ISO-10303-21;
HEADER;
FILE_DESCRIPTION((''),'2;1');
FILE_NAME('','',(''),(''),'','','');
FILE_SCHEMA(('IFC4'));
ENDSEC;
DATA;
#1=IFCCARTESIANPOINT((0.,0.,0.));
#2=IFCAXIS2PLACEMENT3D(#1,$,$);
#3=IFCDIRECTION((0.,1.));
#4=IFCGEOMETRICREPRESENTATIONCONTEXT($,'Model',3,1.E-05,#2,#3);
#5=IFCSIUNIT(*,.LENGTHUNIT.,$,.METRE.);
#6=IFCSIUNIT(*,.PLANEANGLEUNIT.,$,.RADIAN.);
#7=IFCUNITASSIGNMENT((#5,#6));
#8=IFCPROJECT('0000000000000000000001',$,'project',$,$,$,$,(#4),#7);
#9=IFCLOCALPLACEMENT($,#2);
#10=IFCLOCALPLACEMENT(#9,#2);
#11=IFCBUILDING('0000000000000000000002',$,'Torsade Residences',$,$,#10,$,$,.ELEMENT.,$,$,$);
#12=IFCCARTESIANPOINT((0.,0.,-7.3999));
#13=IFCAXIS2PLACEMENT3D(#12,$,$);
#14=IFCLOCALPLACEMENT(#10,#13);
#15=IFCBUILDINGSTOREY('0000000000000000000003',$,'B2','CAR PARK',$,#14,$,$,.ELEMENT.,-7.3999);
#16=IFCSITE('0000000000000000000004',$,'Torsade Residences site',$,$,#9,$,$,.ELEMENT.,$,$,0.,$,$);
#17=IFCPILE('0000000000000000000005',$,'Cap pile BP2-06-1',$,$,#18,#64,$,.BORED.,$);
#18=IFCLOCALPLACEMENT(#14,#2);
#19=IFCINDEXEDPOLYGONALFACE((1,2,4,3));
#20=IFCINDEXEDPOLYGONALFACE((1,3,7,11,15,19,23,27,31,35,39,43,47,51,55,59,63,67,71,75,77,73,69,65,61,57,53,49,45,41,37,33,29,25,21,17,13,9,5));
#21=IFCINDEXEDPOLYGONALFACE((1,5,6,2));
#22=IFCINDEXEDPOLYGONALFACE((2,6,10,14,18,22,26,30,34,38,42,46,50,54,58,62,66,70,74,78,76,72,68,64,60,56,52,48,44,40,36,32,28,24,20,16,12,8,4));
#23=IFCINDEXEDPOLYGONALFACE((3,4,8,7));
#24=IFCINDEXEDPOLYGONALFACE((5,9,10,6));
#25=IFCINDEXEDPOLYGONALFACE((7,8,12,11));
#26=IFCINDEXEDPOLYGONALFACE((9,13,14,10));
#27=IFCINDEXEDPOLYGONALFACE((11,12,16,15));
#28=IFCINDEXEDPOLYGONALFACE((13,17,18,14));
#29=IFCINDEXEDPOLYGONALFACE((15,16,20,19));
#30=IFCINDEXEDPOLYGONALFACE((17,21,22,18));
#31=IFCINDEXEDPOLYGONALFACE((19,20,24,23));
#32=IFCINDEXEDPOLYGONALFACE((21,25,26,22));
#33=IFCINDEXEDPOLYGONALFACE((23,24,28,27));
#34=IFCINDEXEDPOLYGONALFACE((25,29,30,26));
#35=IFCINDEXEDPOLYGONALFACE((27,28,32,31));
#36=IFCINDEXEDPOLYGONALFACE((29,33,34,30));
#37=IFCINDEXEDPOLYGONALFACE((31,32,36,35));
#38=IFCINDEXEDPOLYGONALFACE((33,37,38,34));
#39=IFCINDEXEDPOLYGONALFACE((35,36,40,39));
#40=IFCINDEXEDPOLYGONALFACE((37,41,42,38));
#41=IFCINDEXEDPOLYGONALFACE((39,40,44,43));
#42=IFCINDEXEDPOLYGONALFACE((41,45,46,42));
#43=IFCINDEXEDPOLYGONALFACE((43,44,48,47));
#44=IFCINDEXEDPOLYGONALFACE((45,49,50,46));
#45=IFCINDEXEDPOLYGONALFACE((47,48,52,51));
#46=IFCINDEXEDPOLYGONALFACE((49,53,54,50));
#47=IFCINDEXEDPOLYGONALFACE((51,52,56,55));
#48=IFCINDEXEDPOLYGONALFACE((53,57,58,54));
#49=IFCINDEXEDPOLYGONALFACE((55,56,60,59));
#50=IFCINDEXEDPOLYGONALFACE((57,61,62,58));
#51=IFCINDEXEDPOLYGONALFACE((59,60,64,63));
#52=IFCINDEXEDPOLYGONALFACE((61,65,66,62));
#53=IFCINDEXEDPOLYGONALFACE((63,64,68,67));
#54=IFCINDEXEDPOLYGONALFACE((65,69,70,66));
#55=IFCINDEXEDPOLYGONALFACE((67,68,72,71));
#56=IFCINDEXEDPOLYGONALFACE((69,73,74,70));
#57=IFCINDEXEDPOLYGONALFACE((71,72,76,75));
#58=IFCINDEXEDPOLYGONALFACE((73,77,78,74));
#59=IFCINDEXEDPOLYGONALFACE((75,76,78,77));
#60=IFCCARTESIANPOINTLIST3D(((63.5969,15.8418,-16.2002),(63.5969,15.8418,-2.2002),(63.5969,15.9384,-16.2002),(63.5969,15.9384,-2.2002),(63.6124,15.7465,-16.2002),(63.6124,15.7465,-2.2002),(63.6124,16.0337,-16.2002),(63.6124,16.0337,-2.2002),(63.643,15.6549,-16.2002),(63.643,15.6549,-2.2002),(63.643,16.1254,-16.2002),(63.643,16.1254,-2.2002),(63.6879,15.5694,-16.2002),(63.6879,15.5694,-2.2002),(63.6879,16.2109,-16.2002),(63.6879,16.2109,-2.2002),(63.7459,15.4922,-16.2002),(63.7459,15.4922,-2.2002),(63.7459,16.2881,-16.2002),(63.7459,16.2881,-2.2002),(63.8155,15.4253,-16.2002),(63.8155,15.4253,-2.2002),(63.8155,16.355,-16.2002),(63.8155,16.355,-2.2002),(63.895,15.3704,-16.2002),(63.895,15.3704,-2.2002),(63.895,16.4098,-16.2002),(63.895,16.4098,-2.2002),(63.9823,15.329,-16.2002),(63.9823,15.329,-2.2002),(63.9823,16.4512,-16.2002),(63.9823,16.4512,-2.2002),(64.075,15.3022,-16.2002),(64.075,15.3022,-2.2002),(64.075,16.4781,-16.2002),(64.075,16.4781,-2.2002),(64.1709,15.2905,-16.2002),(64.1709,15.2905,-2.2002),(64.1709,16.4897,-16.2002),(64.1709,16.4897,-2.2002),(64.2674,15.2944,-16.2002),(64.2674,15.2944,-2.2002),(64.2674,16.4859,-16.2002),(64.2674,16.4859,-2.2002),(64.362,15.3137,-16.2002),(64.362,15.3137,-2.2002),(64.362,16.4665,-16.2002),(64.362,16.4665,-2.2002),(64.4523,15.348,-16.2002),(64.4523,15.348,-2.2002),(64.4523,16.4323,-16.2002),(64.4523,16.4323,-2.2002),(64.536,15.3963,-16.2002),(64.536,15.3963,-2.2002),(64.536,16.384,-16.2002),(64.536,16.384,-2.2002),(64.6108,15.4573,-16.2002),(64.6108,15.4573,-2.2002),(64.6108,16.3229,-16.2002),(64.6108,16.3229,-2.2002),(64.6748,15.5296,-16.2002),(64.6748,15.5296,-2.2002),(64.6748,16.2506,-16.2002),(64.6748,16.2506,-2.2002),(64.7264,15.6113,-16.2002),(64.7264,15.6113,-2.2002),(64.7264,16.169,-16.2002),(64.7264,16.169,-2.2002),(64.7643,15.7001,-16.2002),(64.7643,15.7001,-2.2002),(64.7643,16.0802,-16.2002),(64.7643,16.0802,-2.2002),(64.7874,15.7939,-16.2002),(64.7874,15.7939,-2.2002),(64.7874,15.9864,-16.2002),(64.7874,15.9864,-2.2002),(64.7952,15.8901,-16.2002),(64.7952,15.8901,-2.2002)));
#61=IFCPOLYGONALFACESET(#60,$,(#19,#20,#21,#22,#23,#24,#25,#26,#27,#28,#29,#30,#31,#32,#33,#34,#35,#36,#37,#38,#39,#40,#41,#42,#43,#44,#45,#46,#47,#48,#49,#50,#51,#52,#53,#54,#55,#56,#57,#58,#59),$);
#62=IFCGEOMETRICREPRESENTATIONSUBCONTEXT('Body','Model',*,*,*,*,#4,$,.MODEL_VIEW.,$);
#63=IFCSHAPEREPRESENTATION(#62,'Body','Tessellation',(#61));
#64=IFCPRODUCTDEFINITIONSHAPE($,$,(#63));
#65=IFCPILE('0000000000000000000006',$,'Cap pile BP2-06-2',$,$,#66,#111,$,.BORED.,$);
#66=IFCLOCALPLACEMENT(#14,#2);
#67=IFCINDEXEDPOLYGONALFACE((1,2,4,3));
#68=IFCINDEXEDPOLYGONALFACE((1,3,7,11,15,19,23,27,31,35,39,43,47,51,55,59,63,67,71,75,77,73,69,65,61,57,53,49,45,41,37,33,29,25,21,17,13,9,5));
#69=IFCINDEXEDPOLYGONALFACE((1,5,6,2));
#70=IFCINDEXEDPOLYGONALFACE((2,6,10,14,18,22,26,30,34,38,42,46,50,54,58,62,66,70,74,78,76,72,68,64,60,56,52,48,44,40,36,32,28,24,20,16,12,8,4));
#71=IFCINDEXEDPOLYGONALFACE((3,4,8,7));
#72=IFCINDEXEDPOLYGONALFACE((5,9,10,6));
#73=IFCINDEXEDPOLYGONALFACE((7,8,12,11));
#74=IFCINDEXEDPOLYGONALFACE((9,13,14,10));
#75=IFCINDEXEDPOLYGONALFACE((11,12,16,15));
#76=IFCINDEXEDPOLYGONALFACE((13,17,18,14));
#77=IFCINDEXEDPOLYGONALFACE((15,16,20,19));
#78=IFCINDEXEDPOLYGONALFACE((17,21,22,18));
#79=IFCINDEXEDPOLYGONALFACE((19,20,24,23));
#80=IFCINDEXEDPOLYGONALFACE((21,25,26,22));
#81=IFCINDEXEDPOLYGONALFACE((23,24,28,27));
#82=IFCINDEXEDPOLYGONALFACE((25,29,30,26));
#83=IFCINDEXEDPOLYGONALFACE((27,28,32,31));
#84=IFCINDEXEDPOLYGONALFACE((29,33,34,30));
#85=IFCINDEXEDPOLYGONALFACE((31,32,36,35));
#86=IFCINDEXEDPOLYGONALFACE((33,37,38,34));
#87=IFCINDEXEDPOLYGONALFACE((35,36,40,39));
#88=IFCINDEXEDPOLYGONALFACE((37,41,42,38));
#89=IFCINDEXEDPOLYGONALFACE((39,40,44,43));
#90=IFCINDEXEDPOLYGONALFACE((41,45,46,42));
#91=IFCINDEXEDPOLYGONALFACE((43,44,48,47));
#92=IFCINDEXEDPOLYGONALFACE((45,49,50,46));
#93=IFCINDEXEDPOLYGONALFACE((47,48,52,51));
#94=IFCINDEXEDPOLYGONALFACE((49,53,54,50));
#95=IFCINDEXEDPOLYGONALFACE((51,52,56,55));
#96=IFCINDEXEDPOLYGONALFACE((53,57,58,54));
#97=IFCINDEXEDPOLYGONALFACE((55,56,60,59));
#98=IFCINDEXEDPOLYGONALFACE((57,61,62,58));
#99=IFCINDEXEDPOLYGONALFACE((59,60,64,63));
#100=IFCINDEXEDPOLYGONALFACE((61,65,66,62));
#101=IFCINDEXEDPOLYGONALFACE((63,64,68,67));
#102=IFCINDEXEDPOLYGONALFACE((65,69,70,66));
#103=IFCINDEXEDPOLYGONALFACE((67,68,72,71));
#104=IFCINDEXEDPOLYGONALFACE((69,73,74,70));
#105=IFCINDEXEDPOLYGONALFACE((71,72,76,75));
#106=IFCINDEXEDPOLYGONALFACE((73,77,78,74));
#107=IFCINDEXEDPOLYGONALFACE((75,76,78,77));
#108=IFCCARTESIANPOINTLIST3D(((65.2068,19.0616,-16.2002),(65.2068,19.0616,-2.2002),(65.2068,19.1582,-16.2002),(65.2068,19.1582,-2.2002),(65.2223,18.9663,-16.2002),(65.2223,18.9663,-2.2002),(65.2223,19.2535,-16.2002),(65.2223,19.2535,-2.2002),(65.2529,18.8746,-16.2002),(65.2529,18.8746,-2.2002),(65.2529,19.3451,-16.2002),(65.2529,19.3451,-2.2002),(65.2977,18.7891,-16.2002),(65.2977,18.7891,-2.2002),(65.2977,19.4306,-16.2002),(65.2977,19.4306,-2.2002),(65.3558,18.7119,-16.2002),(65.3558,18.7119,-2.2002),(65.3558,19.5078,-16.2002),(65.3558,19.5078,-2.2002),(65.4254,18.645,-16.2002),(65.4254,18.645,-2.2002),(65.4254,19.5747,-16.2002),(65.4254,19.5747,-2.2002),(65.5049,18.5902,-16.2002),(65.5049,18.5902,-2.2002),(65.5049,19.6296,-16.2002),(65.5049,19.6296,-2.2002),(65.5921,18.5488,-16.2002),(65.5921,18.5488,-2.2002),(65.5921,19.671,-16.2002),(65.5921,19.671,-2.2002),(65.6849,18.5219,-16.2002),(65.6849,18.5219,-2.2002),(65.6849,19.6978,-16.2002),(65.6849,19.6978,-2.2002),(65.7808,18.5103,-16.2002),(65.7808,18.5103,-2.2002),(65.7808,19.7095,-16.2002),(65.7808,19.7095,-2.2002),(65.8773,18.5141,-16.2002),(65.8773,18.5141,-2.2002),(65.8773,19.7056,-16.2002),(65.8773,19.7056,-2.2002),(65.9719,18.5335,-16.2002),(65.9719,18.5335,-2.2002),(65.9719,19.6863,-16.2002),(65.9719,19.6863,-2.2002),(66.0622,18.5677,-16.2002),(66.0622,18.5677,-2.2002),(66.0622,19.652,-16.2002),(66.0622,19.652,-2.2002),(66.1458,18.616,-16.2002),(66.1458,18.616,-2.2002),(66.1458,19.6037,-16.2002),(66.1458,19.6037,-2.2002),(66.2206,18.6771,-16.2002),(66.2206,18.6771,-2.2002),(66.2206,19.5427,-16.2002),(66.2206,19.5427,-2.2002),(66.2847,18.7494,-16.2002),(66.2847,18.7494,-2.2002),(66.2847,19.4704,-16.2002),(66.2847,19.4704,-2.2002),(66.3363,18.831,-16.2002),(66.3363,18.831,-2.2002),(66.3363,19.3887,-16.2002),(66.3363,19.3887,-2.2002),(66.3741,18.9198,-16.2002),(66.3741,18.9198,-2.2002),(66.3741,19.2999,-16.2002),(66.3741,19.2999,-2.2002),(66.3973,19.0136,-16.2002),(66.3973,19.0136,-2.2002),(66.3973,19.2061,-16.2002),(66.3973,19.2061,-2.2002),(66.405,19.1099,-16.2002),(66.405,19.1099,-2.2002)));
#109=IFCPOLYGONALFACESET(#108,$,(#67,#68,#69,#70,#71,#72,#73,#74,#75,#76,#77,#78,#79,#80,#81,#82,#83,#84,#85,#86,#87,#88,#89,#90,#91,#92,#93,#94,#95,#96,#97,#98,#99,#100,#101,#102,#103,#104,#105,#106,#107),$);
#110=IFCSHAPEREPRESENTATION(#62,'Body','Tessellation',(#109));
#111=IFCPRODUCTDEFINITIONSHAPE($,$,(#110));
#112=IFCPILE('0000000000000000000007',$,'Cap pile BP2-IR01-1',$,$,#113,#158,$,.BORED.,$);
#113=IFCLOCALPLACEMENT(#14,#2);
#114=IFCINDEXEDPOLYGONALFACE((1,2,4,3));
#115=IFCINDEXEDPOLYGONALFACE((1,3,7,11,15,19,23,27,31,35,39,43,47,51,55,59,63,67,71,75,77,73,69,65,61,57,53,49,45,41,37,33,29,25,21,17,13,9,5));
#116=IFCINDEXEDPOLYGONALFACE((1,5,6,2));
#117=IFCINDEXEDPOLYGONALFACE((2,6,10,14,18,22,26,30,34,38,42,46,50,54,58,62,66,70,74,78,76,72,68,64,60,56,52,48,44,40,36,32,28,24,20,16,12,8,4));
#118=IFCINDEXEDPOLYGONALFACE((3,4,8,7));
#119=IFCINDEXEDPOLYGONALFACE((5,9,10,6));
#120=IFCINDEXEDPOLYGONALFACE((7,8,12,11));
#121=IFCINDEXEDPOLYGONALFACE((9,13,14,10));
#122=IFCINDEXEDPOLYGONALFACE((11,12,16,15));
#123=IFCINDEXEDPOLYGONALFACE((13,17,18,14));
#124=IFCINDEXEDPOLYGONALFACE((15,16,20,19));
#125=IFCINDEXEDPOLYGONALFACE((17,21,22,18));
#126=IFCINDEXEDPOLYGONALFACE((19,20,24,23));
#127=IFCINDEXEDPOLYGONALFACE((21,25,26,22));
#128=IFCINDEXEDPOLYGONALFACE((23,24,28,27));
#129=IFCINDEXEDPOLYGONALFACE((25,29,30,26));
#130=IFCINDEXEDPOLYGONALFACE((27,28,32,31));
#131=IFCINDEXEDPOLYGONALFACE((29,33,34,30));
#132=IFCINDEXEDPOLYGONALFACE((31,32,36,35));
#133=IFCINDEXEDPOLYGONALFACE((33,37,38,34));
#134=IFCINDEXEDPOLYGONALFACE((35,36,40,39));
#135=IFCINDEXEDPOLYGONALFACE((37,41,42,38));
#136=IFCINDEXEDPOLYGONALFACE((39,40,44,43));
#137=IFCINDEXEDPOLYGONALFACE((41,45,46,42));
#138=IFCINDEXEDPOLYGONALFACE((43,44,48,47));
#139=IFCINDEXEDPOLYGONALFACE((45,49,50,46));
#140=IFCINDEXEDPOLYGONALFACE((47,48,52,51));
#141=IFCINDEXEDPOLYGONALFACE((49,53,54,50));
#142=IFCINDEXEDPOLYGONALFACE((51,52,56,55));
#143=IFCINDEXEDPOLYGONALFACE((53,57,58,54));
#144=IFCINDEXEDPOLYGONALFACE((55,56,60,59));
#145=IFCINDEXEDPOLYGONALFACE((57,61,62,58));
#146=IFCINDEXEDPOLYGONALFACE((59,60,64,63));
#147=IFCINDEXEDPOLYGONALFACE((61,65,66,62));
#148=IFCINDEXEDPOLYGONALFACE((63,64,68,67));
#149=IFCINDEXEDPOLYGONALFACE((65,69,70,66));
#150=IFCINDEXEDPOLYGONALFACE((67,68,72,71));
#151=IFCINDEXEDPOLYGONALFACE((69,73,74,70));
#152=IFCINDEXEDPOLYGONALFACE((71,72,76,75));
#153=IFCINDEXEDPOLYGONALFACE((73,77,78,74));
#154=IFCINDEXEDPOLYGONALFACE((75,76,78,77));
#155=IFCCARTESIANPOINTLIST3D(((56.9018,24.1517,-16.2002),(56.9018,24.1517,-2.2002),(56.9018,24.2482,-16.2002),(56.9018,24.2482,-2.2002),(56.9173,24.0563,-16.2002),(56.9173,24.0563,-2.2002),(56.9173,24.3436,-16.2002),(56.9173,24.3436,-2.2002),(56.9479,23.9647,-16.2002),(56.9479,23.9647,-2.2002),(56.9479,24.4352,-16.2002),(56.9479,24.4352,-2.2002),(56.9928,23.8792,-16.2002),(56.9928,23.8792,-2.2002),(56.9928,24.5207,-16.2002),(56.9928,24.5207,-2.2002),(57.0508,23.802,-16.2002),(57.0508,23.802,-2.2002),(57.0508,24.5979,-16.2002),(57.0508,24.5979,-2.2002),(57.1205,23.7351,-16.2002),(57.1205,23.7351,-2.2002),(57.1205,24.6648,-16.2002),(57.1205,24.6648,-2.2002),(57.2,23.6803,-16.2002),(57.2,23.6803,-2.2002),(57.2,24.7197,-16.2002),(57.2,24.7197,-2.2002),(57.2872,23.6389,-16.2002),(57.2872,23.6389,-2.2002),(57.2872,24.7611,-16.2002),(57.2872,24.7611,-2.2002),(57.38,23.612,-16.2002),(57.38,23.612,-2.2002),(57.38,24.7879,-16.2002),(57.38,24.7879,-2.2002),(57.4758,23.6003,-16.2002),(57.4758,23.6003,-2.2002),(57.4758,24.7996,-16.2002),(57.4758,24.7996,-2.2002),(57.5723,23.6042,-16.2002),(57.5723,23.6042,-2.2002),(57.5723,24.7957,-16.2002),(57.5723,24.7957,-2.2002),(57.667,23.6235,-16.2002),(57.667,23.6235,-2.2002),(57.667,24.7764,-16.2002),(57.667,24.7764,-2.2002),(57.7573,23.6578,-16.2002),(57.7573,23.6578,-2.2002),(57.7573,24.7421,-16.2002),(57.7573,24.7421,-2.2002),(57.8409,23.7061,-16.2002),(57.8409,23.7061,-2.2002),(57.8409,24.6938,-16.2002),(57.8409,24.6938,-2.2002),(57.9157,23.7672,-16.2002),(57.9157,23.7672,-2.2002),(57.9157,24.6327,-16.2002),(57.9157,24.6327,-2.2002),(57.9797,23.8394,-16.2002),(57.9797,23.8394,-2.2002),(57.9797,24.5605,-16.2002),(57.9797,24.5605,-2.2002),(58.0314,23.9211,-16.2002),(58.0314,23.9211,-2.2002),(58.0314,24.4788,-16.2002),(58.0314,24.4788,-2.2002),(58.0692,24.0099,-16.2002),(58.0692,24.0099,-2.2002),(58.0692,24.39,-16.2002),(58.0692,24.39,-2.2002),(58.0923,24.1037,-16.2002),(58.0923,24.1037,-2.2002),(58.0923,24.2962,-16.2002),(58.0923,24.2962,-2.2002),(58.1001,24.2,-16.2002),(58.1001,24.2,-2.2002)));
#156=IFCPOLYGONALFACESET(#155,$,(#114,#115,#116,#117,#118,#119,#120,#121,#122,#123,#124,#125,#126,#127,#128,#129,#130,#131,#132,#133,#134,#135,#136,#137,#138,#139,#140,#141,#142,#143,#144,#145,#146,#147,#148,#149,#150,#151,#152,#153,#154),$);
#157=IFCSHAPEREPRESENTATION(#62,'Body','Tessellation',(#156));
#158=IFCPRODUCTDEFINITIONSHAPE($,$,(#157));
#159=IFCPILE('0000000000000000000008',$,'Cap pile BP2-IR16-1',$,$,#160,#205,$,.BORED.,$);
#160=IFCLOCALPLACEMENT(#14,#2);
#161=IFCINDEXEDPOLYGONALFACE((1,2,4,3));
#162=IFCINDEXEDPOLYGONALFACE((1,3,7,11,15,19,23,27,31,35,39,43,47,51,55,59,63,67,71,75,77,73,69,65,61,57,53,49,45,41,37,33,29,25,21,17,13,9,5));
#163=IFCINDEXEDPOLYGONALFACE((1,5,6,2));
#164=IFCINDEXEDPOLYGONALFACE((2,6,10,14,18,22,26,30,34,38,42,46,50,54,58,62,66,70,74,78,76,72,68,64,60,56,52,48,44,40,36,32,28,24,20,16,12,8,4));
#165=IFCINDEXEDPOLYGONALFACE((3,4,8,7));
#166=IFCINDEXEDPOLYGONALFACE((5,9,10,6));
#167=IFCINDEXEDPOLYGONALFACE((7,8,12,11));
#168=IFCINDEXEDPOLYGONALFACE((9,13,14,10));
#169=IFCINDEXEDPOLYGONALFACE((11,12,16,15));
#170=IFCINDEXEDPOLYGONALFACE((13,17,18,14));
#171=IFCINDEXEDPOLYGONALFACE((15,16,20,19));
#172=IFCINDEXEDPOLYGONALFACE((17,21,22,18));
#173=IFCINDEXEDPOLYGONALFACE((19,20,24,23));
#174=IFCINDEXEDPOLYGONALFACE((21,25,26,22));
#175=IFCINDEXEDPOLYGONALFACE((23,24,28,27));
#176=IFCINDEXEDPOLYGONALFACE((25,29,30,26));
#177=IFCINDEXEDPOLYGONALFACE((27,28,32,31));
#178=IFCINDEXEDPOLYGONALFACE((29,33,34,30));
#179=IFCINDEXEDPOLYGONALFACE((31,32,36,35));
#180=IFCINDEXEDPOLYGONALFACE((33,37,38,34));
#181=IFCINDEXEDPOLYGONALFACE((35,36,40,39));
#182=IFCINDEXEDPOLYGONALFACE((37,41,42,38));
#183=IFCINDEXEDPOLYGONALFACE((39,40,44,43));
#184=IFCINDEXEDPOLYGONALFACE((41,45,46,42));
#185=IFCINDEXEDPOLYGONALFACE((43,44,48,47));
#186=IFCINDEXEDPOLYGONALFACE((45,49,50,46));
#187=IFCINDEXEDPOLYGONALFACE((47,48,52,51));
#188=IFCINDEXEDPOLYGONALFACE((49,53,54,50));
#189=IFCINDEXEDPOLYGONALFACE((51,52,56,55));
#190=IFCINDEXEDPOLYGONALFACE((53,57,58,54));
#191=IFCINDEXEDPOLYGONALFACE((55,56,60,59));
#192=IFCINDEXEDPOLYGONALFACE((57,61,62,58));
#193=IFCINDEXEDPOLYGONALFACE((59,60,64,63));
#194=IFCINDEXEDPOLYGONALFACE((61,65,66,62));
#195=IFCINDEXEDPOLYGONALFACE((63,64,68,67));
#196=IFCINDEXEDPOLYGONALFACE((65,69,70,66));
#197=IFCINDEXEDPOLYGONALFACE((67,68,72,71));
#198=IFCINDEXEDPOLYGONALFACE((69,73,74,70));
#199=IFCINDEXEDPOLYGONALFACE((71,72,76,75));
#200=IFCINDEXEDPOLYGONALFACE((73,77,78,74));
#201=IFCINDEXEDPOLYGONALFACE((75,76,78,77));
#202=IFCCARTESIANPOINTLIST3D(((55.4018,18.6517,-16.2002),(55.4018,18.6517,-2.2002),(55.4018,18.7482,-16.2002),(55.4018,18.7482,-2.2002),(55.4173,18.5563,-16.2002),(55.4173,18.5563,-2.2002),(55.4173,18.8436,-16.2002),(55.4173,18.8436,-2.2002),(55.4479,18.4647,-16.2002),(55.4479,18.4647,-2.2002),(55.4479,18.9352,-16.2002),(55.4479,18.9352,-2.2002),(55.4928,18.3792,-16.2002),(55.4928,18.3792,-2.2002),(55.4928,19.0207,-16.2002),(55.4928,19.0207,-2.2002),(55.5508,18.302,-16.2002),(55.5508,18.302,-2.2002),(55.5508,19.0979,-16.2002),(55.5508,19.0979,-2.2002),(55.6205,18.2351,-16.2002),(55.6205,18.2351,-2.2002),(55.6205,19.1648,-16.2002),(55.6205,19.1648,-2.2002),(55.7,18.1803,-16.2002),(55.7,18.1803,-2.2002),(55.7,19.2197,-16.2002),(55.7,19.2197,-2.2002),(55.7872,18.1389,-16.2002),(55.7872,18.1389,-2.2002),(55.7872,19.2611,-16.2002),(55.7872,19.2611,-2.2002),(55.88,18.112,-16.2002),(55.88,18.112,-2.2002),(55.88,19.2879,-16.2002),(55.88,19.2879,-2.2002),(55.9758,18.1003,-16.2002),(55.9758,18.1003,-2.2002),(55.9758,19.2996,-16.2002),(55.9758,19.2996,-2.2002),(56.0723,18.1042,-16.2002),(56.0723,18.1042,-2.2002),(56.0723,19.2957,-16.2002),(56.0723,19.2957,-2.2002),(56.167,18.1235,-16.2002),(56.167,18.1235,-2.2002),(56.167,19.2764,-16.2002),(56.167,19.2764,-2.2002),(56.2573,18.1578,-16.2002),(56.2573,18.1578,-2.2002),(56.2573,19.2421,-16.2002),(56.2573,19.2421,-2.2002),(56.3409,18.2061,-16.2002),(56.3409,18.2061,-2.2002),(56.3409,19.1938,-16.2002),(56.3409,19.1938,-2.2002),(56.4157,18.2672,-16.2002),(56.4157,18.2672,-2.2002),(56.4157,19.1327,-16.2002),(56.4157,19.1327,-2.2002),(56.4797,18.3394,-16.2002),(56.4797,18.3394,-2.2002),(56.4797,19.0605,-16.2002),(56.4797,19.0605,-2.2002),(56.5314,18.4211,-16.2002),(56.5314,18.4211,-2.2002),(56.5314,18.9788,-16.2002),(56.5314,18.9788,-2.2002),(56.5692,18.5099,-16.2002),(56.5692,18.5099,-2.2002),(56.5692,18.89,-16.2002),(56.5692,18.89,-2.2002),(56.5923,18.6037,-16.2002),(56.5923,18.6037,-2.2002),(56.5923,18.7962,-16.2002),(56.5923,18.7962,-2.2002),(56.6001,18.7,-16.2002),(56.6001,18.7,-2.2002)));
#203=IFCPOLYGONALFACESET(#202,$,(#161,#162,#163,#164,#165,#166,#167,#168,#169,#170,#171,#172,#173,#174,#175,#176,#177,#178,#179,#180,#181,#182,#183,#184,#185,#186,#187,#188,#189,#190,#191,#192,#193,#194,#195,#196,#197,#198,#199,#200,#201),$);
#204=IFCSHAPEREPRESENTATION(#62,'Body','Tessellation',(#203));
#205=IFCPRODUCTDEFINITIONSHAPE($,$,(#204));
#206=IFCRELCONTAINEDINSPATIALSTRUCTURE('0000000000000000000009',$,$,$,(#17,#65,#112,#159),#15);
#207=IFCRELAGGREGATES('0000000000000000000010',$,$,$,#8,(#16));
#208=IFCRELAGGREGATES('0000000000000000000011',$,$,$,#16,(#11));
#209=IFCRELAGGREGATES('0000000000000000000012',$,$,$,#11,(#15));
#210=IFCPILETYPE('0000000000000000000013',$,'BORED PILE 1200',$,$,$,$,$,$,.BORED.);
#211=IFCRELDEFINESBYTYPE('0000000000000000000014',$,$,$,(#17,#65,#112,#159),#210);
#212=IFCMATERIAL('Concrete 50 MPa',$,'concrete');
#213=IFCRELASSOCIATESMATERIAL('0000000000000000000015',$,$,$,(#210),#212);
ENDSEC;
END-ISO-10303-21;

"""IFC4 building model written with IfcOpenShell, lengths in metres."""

from ifc_helpers import new_model, si_unit, direction, frame, origin, origin_2d, place, context, subcontext, project, spatial, circle, extrude, material, type_object, element, save


model = new_model("IFC4")

# Units and contexts
model_context = context("Model", 3, precision=1e-05, world=origin(), true_north=direction((0.0, 1.0)))
body_context = subcontext(model_context, "Body", "Model", "MODEL_VIEW")
ifc_project = project(units=[si_unit("LENGTHUNIT", "METRE"), si_unit("PLANEANGLEUNIT", "RADIAN")], contexts=[model_context])

# Site, building, storey
site_placement = place(None, origin())
site = spatial("IfcSite", under=ifc_project, at=site_placement, Name="Torsade Residences site", CompositionType="ELEMENT", RefElevation=0.0)
building_placement = place(site_placement, origin())
building = spatial("IfcBuilding", under=site, at=building_placement, Name="Torsade Residences", CompositionType="ELEMENT")
storey_placement = place(building_placement, frame((0.0, 0.0, -7.3999)))
storey = spatial("IfcBuildingStorey", under=building, at=storey_placement, Name="B2", Description="CAR PARK", CompositionType="ELEMENT", Elevation=-7.3999)

# Piles
ifc_material_1 = material(Name="Concrete 50 MPa", Category="concrete")
pile_type = type_object("IfcPileType", Name="BORED PILE 1200", PredefinedType="BORED", material=ifc_material_1)
for number, where, z_axis, x_axis, name in (
    (1, (64.1951, 15.8901, -2.2002), (0.0, 0.0, -1.0), (1.0, 0.0, 0.0), "Cap pile BP2-06-1"),
    (2, (65.8049, 19.1099, -2.2002), (0.0, 0.0, -1.0), (1.0, 0.0, 0.0), "Cap pile BP2-06-2"),
    (3, (57.5, 24.2, -2.2002), (0.0, 0.0, -1.0), (1.0, 0.0, 0.0), "Cap pile BP2-IR01-1"),
    (4, (56.0, 18.7, -2.2002), (0.0, 0.0, -1.0), (1.0, 0.0, 0.0), "Cap pile BP2-IR16-1"),
):
    element("IfcPile", number, at=place(storey_placement, frame(where, z_axis=z_axis, x_axis=x_axis)), inside=storey, type_object=pile_type, Name=name, PredefinedType="BORED", context=body_context, shape_type="SweptSolid", body=[
        extrude(circle(Radius=0.6001, at=origin_2d()), origin(), (0.0, 0.0, 1.0), 14.0),
    ])

save(model, "model.ifc")
